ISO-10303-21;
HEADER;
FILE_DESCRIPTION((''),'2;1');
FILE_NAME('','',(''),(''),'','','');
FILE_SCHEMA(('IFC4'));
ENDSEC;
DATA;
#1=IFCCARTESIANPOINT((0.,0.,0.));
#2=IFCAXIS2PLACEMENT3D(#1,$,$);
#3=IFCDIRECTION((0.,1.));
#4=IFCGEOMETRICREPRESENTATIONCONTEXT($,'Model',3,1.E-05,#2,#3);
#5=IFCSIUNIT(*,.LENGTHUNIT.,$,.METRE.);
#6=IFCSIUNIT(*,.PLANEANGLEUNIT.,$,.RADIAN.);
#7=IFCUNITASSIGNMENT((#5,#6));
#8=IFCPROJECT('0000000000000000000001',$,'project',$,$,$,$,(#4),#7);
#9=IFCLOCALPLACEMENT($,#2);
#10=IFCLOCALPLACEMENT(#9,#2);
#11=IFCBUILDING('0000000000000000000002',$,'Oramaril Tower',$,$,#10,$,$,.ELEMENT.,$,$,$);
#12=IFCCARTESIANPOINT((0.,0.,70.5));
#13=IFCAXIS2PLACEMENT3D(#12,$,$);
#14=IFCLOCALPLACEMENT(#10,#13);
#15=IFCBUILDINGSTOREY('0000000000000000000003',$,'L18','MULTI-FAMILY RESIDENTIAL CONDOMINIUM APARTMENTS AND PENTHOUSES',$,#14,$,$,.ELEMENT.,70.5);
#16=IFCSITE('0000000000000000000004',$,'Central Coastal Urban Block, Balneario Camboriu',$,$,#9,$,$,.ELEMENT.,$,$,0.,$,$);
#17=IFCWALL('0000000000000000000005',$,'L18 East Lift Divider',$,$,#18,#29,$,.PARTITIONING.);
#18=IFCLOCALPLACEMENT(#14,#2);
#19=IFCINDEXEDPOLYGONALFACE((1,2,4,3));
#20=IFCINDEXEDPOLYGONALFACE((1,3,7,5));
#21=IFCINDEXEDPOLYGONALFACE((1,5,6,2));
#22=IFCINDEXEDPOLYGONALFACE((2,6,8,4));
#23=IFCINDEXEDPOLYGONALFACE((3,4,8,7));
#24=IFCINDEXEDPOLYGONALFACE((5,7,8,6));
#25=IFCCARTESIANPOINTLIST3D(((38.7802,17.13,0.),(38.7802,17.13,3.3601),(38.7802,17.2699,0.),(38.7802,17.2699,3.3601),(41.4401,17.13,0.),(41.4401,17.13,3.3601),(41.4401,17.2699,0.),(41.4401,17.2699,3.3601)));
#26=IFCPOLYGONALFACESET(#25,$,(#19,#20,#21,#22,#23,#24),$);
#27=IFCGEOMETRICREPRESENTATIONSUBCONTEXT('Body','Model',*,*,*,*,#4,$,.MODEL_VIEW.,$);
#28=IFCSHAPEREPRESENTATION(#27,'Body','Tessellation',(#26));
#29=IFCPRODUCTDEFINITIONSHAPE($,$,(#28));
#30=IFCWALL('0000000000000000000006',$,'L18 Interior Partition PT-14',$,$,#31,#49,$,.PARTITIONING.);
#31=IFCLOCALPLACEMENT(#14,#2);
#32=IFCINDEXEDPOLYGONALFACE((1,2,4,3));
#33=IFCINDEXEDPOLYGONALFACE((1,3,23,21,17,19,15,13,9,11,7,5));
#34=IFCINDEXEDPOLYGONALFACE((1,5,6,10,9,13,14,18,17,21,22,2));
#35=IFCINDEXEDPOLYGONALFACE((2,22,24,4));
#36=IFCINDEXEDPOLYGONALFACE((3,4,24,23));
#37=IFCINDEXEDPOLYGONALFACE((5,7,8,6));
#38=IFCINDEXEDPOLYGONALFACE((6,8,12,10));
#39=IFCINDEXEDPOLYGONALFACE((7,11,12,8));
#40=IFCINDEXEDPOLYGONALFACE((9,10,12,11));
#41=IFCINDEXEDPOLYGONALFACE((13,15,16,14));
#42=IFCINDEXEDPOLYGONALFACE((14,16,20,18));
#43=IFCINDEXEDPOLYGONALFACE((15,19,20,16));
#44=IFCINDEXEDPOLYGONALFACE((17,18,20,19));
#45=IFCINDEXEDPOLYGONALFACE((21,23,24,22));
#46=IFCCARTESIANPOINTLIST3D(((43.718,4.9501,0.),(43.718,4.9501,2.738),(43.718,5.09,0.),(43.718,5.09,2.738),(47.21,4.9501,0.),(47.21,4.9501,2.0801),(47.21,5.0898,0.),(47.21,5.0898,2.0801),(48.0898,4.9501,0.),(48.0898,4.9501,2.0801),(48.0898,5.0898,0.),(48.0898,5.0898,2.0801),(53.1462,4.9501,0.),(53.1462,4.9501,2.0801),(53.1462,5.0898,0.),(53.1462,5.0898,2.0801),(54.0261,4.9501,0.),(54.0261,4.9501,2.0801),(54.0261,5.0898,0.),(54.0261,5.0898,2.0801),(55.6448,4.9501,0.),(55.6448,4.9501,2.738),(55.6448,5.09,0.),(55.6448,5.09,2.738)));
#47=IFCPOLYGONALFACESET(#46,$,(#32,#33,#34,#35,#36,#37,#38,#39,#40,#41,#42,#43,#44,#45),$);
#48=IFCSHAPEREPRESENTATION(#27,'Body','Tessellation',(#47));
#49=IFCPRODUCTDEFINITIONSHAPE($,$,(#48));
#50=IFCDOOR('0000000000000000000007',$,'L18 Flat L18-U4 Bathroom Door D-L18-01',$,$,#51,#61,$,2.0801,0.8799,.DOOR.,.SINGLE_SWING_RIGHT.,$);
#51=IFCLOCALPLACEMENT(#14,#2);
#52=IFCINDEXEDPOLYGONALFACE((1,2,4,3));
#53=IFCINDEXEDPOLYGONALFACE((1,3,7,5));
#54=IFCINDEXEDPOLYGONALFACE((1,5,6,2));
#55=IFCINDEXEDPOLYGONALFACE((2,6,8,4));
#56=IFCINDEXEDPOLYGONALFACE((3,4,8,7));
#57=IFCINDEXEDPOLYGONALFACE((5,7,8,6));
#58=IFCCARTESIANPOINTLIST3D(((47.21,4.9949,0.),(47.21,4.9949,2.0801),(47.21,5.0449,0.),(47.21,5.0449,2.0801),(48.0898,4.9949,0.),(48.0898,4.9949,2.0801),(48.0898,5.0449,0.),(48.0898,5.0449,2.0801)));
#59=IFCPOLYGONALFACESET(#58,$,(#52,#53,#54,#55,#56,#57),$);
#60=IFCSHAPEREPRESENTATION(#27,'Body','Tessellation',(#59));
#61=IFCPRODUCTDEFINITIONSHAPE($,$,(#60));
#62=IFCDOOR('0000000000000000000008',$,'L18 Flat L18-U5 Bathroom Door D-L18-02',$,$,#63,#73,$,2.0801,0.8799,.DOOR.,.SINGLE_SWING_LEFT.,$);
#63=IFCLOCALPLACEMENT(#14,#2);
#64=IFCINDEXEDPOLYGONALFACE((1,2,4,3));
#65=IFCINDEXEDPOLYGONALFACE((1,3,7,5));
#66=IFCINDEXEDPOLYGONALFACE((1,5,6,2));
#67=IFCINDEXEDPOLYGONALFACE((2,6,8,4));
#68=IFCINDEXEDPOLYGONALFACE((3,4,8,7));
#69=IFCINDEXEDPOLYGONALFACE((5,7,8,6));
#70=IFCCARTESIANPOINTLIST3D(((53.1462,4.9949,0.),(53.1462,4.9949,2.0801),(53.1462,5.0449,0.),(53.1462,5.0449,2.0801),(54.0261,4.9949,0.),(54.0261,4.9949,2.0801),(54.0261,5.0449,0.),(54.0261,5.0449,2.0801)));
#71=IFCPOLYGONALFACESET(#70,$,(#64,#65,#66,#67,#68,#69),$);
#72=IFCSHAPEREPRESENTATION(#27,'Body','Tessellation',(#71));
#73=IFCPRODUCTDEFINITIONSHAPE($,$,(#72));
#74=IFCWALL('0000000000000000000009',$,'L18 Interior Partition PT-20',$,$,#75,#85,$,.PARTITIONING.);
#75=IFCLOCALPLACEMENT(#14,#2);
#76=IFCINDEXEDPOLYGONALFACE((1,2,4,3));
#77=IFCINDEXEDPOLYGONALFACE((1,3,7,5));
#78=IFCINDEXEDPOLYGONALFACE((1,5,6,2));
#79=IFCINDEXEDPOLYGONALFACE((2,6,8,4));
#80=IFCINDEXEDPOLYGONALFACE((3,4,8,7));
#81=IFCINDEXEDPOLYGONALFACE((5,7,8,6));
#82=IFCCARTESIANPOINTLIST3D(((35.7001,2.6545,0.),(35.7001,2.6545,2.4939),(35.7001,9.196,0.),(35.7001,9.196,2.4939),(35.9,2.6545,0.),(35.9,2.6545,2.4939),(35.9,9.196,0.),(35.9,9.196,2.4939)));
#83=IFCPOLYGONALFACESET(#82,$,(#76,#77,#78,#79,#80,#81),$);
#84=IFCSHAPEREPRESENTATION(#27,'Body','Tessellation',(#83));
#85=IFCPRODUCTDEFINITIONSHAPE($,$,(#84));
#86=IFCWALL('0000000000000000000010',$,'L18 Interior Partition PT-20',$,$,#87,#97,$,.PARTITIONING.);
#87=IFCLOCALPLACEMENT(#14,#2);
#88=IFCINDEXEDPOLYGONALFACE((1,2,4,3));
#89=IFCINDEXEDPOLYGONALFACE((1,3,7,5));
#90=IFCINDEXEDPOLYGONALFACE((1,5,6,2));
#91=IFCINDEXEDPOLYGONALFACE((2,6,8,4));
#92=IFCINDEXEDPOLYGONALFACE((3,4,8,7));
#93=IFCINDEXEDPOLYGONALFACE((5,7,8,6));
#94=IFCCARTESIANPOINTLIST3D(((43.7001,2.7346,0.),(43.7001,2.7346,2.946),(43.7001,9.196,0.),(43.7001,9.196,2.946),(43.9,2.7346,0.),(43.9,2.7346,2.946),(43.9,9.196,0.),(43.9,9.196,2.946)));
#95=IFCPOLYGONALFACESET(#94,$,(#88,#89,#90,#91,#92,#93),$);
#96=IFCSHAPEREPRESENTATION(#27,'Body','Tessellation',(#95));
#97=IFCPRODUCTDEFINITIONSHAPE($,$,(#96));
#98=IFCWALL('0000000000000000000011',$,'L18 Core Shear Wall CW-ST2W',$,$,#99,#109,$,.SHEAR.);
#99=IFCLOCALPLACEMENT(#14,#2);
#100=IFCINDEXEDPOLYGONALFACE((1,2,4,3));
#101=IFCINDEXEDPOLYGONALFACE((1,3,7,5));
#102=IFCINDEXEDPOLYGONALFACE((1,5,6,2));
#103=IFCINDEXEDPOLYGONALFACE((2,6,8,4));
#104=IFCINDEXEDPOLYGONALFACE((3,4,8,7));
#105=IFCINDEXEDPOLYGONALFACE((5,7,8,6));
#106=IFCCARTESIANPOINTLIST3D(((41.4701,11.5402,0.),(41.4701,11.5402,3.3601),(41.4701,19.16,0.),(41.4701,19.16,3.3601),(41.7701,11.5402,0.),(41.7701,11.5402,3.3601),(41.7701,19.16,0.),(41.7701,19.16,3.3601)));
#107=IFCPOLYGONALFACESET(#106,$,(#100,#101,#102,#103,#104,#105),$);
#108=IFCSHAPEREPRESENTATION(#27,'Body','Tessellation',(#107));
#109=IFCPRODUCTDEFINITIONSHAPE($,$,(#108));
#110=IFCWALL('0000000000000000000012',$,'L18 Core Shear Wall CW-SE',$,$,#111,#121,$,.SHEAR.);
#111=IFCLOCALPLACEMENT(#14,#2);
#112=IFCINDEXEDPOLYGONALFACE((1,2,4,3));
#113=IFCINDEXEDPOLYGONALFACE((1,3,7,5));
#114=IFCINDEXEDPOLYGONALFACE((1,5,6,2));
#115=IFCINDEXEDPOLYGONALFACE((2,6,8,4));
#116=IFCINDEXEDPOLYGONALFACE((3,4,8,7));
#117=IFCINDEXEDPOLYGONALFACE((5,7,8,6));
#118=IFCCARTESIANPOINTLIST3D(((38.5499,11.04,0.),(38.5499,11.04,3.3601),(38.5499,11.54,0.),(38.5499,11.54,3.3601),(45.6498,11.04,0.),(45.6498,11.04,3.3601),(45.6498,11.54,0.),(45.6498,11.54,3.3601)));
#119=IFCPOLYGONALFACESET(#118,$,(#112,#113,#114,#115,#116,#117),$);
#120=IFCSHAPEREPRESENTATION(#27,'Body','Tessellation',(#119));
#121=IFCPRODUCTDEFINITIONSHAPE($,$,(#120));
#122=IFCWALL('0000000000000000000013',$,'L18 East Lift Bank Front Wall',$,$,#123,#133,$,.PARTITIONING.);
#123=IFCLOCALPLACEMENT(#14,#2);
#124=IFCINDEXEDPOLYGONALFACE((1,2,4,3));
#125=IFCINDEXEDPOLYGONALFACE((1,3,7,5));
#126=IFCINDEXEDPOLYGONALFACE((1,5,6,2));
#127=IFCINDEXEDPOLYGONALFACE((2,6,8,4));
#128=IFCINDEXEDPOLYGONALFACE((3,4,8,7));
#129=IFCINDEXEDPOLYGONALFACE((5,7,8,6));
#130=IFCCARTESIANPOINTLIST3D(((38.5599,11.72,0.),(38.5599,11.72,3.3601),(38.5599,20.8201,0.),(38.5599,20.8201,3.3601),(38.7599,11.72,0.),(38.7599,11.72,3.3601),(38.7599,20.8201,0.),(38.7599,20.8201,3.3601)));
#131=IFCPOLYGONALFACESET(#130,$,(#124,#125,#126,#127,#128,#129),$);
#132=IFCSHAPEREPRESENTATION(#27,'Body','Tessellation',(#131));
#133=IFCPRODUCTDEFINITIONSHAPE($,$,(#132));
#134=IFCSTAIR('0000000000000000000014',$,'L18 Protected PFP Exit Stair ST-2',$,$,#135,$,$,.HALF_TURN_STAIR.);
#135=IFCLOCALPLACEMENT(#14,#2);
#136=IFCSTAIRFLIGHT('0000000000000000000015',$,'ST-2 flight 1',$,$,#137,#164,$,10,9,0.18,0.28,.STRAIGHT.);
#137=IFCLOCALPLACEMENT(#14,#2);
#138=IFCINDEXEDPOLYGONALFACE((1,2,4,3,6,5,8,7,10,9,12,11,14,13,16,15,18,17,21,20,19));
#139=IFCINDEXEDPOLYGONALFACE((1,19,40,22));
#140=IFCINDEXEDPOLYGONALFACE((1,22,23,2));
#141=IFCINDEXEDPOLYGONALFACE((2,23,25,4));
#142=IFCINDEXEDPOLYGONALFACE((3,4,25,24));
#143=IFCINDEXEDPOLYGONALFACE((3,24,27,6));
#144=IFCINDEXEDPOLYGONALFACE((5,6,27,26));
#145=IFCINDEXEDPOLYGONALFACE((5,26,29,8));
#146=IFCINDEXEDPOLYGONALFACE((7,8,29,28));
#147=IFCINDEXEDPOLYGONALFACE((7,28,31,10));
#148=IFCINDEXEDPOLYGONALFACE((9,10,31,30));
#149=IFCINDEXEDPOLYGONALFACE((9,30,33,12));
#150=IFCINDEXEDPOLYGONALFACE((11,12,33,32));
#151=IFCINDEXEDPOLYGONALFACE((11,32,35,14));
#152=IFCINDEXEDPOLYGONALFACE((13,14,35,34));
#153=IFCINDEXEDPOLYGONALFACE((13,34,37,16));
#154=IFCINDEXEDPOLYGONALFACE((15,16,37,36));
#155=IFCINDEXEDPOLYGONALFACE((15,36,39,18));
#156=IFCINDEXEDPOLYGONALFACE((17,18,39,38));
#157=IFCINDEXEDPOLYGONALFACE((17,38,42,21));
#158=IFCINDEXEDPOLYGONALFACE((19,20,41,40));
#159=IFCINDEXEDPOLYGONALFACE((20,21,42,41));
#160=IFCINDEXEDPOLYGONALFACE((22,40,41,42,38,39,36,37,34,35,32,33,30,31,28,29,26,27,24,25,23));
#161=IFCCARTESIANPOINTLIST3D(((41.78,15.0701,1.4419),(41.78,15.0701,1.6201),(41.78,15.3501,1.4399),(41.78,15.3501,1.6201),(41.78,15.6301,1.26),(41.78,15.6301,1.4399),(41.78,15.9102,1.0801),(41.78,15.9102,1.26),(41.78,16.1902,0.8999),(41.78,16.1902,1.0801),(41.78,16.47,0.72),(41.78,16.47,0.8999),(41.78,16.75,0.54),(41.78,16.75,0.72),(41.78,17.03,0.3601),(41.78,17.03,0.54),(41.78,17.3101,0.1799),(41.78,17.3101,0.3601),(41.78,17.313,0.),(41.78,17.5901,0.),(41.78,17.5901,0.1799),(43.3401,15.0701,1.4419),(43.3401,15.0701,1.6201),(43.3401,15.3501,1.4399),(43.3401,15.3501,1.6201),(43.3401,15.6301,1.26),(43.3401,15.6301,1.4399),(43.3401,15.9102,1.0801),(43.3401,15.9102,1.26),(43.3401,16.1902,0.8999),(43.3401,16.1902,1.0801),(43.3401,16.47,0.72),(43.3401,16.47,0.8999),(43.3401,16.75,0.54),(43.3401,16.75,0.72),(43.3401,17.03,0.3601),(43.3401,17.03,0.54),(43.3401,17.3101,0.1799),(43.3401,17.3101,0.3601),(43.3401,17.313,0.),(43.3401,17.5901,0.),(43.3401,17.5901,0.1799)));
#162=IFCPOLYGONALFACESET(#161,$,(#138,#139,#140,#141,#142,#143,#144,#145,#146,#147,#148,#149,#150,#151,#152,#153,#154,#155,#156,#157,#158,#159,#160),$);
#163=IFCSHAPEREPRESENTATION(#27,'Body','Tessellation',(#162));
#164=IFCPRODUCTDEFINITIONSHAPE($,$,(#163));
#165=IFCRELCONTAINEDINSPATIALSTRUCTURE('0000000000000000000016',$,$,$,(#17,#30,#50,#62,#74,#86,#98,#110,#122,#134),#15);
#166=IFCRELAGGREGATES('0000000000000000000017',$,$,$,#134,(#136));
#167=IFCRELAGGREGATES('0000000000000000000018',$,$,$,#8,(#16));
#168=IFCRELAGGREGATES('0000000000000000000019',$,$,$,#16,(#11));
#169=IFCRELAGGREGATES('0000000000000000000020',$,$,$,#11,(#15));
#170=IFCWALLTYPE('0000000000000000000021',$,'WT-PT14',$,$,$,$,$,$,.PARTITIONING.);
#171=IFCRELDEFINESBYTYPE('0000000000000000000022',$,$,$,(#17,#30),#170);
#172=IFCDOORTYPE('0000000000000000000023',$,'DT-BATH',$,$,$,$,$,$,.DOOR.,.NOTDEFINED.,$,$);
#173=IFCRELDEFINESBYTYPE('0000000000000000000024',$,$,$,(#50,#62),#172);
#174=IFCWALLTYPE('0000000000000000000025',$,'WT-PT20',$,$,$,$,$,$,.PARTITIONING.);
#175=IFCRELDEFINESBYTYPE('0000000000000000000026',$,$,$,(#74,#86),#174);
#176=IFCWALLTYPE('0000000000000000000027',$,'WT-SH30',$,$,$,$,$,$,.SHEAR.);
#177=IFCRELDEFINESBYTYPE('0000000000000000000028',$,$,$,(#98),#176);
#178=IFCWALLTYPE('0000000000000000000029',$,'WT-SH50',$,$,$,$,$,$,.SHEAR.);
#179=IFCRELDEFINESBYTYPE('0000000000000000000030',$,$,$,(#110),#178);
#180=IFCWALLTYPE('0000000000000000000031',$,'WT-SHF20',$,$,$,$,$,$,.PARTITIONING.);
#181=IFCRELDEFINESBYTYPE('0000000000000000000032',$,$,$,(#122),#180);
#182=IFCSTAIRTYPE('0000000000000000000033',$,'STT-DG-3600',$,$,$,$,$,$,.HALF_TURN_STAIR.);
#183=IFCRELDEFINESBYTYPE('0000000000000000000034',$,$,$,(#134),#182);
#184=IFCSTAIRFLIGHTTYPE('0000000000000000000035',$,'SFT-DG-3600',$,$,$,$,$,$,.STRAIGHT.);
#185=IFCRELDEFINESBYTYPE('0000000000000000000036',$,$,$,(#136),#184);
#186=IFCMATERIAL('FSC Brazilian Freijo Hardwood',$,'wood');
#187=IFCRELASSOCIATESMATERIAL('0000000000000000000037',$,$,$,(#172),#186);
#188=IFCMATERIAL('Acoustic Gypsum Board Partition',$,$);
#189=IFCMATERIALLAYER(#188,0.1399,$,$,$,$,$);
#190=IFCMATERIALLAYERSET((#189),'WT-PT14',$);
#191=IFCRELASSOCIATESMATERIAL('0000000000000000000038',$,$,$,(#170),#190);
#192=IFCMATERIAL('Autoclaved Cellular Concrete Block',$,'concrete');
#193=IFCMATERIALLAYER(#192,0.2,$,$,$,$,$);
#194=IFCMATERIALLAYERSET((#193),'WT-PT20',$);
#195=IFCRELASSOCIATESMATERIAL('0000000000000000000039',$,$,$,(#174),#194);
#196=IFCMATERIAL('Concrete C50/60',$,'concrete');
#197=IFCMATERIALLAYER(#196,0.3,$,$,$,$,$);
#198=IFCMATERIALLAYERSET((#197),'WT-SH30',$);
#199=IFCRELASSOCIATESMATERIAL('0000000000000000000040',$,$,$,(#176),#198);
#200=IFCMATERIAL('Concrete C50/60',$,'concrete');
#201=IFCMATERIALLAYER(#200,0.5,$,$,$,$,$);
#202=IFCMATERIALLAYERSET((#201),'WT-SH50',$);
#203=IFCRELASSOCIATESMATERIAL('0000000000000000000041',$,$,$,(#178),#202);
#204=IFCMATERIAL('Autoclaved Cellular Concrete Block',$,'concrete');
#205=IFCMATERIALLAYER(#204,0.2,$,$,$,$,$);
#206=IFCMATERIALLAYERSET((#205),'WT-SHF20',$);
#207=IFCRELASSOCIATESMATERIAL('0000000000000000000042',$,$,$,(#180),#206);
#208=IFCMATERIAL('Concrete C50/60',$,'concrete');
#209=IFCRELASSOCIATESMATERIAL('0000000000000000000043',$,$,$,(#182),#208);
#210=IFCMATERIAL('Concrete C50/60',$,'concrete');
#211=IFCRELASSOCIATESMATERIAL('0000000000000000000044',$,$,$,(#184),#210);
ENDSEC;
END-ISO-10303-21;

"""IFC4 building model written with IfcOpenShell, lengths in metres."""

from ifc_helpers import new_model, si_unit, direction, frame, frame_2d, origin, place, context, subcontext, project, spatial, polyline, rectangle, outline, extrude, material, layer, layer_set, type_object, element, fill, aggregate, save


model = new_model("IFC4")

# Units and contexts
model_context = context("Model", 3, precision=1e-05, world=origin(), true_north=direction((0.0, 1.0)))
body_context = subcontext(model_context, "Body", "Model", "MODEL_VIEW")
ifc_project = project(units=[si_unit("LENGTHUNIT", "METRE"), si_unit("PLANEANGLEUNIT", "RADIAN")], contexts=[model_context])

# Site, building, storey
site_placement = place(None, origin())
site = spatial("IfcSite", under=ifc_project, at=site_placement, Name="Central Coastal Urban Block, Balneario Camboriu", CompositionType="ELEMENT", RefElevation=0.0)
building_placement = place(site_placement, origin())
building = spatial("IfcBuilding", under=site, at=building_placement, Name="Oramaril Tower", CompositionType="ELEMENT")
storey_placement = place(building_placement, frame((0.0, 0.0, 70.5)))
storey = spatial("IfcBuildingStorey", under=building, at=storey_placement, Name="L18", Description="MULTI-FAMILY RESIDENTIAL CONDOMINIUM APARTMENTS AND PENTHOUSES", CompositionType="ELEMENT", Elevation=70.5)

# Shared definitions
ifc_material_1 = material(Name="FSC Brazilian Freijo Hardwood", Category="wood")
door_type_1 = type_object("IfcDoorType", Name="DT-BATH", OperationType="NOTDEFINED", PredefinedType="DOOR", material=ifc_material_1)

# Wall
ifc_material_2 = material(Name="Acoustic Gypsum Board Partition")
ifc_layer_1 = layer(ifc_material_2, 0.1399)
ifc_layer_set_1 = layer_set([ifc_layer_1], Name="WT-PT14")
wall_type_1 = type_object("IfcWallType", Name="WT-PT14", PredefinedType="PARTITIONING", material=ifc_layer_set_1)
for number, where, z_axis, x_axis, name in (
    (1, (38.78, 17.2, 0.0), (0.0, 0.0, 1.0), (1.0, 0.0, 0.0), "L18 East Lift Divider"),
):
    element("IfcWall", number, at=place(storey_placement, frame(where, z_axis=z_axis, x_axis=x_axis)), inside=storey, type_object=wall_type_1, Name=name, PredefinedType="PARTITIONING", context=body_context, shape_type="SweptSolid", body=[
        extrude(rectangle(XDim=2.6599, YDim=0.1399, at=frame_2d((1.3301, 0.0))), origin(), (0.0, 0.0, 1.0), 3.3601),
    ])

# Wall, openings, doors
wall_1_placement = place(storey_placement, frame((43.718, 5.02, 0.0), z_axis=(0.0, 0.0, 1.0), x_axis=(1.0, 0.0, 0.0)))
wall_1 = element("IfcWall", 2, at=wall_1_placement, inside=storey, type_object=wall_type_1, Name="L18 Interior Partition PT-14", PredefinedType="PARTITIONING", context=body_context, shape_type="SweptSolid", body=[
    extrude(rectangle(XDim=11.9268, YDim=0.1399, at=frame_2d((5.9634, 0.0))), origin(), (0.0, 0.0, 1.0), 2.738),
])
opening_1_placement = place(wall_1_placement, frame((3.4919, 0.0, 0.0)))
opening_1 = element("IfcOpeningElement", 3, at=opening_1_placement, cuts=wall_1, PredefinedType="OPENING", context=body_context, shape_type="SweptSolid", body=[
    extrude(rectangle(XDim=0.8799, YDim=2.0801, at=frame_2d((0.4399, 1.04))), frame((0.0, 0.0698, 0.0), z_axis=(0.0, -1.0, 0.0), x_axis=(1.0, 0.0, 0.0)), (0.0, 0.0, 1.0), 0.1399),
])
opening_2_placement = place(wall_1_placement, frame((9.4282, 0.0, 0.0)))
opening_2 = element("IfcOpeningElement", 4, at=opening_2_placement, cuts=wall_1, PredefinedType="OPENING", context=body_context, shape_type="SweptSolid", body=[
    extrude(rectangle(XDim=0.8799, YDim=2.0801, at=frame_2d((0.4399, 1.04))), frame((0.0, 0.0698, 0.0), z_axis=(0.0, -1.0, 0.0), x_axis=(1.0, 0.0, 0.0)), (0.0, 0.0, 1.0), 0.1399),
])
door_1_placement = place(opening_1_placement, origin())
door_1 = element("IfcDoor", 5, at=door_1_placement, inside=storey, type_object=door_type_1, Name="L18 Flat L18-U4 Bathroom Door D-L18-01", OperationType="SINGLE_SWING_RIGHT", OverallHeight=2.0801, OverallWidth=0.8799, PredefinedType="DOOR", context=body_context, shape_type="SweptSolid", body=[
    extrude(rectangle(XDim=0.8799, YDim=2.0801, at=frame_2d((0.4399, 1.04))), frame((0.0, 0.0249, 0.0), z_axis=(0.0, -1.0, 0.0), x_axis=(1.0, 0.0, 0.0)), (0.0, 0.0, 1.0), 0.05),
])
fill(opening_1, door_1)
door_2_placement = place(opening_2_placement, origin())
door_2 = element("IfcDoor", 6, at=door_2_placement, inside=storey, type_object=door_type_1, Name="L18 Flat L18-U5 Bathroom Door D-L18-02", OperationType="SINGLE_SWING_LEFT", OverallHeight=2.0801, OverallWidth=0.8799, PredefinedType="DOOR", context=body_context, shape_type="SweptSolid", body=[
    extrude(rectangle(XDim=0.8799, YDim=2.0801, at=frame_2d((0.4399, 1.04))), frame((0.0, 0.0249, 0.0), z_axis=(0.0, -1.0, 0.0), x_axis=(1.0, 0.0, 0.0)), (0.0, 0.0, 1.0), 0.05),
])
fill(opening_2, door_2)

# Walls
ifc_material_3 = material(Name="Autoclaved Cellular Concrete Block", Category="concrete")
ifc_layer_2 = layer(ifc_material_3, 0.2)
ifc_layer_set_2 = layer_set([ifc_layer_2], Name="WT-PT20")
wall_type_2 = type_object("IfcWallType", Name="WT-PT20", PredefinedType="PARTITIONING", material=ifc_layer_set_2)
wall_2_placement = place(storey_placement, frame((35.8, 2.6545, 0.0), z_axis=(0.0, 0.0, 1.0), x_axis=(0.0, 1.0, 0.0)))
element("IfcWall", 7, at=wall_2_placement, inside=storey, type_object=wall_type_2, Name="L18 Interior Partition PT-20", PredefinedType="PARTITIONING", context=body_context, shape_type="SweptSolid", body=[
    extrude(rectangle(XDim=6.5415, YDim=0.2, at=frame_2d((3.2708, 0.0))), origin(), (0.0, 0.0, 1.0), 2.4939),
])
wall_3_placement = place(storey_placement, frame((43.8, 2.7346, 0.0), z_axis=(0.0, 0.0, 1.0), x_axis=(0.0, 1.0, 0.0)))
element("IfcWall", 8, at=wall_3_placement, inside=storey, type_object=wall_type_2, Name="L18 Interior Partition PT-20", PredefinedType="PARTITIONING", context=body_context, shape_type="SweptSolid", body=[
    extrude(rectangle(XDim=6.4614, YDim=0.2, at=frame_2d((3.2307, 0.0))), origin(), (0.0, 0.0, 1.0), 2.946),
])
ifc_material_4 = material(Name="Concrete C50/60", Category="concrete")
ifc_layer_3 = layer(ifc_material_4, 0.3)
ifc_layer_set_3 = layer_set([ifc_layer_3], Name="WT-SH30")
wall_type_3 = type_object("IfcWallType", Name="WT-SH30", PredefinedType="SHEAR", material=ifc_layer_set_3)
wall_4_placement = place(storey_placement, frame((41.6201, 11.54, 0.0), z_axis=(0.0, 0.0, 1.0), x_axis=(0.0, 1.0, 0.0)))
element("IfcWall", 9, at=wall_4_placement, inside=storey, type_object=wall_type_3, Name="L18 Core Shear Wall CW-ST2W", PredefinedType="SHEAR", context=body_context, shape_type="SweptSolid", body=[
    extrude(rectangle(XDim=7.6199, YDim=0.3, at=frame_2d((3.8101, 0.0))), origin(), (0.0, 0.0, 1.0), 3.3601),
])
ifc_material_5 = material(Name="Concrete C50/60", Category="concrete")
ifc_layer_4 = layer(ifc_material_5, 0.5)
ifc_layer_set_4 = layer_set([ifc_layer_4], Name="WT-SH50")
wall_type_4 = type_object("IfcWallType", Name="WT-SH50", PredefinedType="SHEAR", material=ifc_layer_set_4)
wall_5_placement = place(storey_placement, frame((38.55, 11.29, 0.0), z_axis=(0.0, 0.0, 1.0), x_axis=(1.0, 0.0, 0.0)))
element("IfcWall", 10, at=wall_5_placement, inside=storey, type_object=wall_type_4, Name="L18 Core Shear Wall CW-SE", PredefinedType="SHEAR", context=body_context, shape_type="SweptSolid", body=[
    extrude(rectangle(XDim=7.0999, YDim=0.5, at=frame_2d((3.5498, 0.0))), origin(), (0.0, 0.0, 1.0), 3.3601),
])

# Shared definitions
ifc_material_6 = material(Name="Autoclaved Cellular Concrete Block", Category="concrete")
ifc_layer_5 = layer(ifc_material_6, 0.2)
ifc_layer_set_5 = layer_set([ifc_layer_5], Name="WT-SHF20")
wall_type_5 = type_object("IfcWallType", Name="WT-SHF20", PredefinedType="PARTITIONING", material=ifc_layer_set_5)

# Wall
wall_6_placement = place(storey_placement, frame((38.6599, 11.72, 0.0), z_axis=(0.0, 0.0, 1.0), x_axis=(0.0, 1.0, 0.0)))
element("IfcWall", 11, at=wall_6_placement, inside=storey, type_object=wall_type_5, Name="L18 East Lift Bank Front Wall", PredefinedType="PARTITIONING", context=body_context, shape_type="SweptSolid", body=[
    extrude(rectangle(XDim=9.1001, YDim=0.2, at=frame_2d((4.55, 0.0))), origin(), (0.0, 0.0, 1.0), 3.3601),
])

# Stair, stair flight
ifc_material_7 = material(Name="Concrete C50/60", Category="concrete")
stair_type = type_object("IfcStairType", Name="STT-DG-3600", PredefinedType="HALF_TURN_STAIR", material=ifc_material_7)
stair_placement = place(storey_placement, origin())
stair = element("IfcStair", 12, at=stair_placement, inside=storey, type_object=stair_type, Name="L18 Protected PFP Exit Stair ST-2", PredefinedType="HALF_TURN_STAIR")
ifc_material_8 = material(Name="Concrete C50/60", Category="concrete")
stair_flight_type = type_object("IfcStairFlightType", Name="SFT-DG-3600", PredefinedType="STRAIGHT", material=ifc_material_8)
stair_flight_1_placement = place(storey_placement, frame((42.5601, 17.5901, 0.0), z_axis=(0.0, 0.0, 1.0), x_axis=(0.0, -1.0, 0.0)))
stair_flight_1 = element("IfcStairFlight", 13, at=stair_flight_1_placement, type_object=stair_flight_type, Name="ST-2 flight 1", NumberOfRisers=10, NumberOfTreads=9, PredefinedType="STRAIGHT", RiserHeight=0.18, TreadLength=0.28, context=body_context, shape_type="SweptSolid", body=[
    extrude(outline(polyline([(0.0, 0.0), (0.0, 0.1799), (0.28, 0.1799), (0.28, 0.3601), (0.5601, 0.3601), (0.5601, 0.54), (0.8401, 0.54), (0.8401, 0.72), (1.1201, 0.72), (1.1201, 0.8999), (1.3999, 0.8999), (1.3999, 1.0801), (1.6799, 1.0801), (1.6799, 1.26), (1.96, 1.26), (1.96, 1.4399), (2.24, 1.4399), (2.24, 1.6201), (2.52, 1.6201), (2.52, 1.8), (2.52, 1.4419), (0.2771, 0.0), (0.0, 0.0)])), frame((0.0, 0.78, 0.0), z_axis=(0.0, -1.0, 0.0), x_axis=(1.0, 0.0, 0.0)), (0.0, 0.0, 1.0), 1.5601),
])
aggregate(stair, [stair_flight_1])

save(model, "model.ifc")
